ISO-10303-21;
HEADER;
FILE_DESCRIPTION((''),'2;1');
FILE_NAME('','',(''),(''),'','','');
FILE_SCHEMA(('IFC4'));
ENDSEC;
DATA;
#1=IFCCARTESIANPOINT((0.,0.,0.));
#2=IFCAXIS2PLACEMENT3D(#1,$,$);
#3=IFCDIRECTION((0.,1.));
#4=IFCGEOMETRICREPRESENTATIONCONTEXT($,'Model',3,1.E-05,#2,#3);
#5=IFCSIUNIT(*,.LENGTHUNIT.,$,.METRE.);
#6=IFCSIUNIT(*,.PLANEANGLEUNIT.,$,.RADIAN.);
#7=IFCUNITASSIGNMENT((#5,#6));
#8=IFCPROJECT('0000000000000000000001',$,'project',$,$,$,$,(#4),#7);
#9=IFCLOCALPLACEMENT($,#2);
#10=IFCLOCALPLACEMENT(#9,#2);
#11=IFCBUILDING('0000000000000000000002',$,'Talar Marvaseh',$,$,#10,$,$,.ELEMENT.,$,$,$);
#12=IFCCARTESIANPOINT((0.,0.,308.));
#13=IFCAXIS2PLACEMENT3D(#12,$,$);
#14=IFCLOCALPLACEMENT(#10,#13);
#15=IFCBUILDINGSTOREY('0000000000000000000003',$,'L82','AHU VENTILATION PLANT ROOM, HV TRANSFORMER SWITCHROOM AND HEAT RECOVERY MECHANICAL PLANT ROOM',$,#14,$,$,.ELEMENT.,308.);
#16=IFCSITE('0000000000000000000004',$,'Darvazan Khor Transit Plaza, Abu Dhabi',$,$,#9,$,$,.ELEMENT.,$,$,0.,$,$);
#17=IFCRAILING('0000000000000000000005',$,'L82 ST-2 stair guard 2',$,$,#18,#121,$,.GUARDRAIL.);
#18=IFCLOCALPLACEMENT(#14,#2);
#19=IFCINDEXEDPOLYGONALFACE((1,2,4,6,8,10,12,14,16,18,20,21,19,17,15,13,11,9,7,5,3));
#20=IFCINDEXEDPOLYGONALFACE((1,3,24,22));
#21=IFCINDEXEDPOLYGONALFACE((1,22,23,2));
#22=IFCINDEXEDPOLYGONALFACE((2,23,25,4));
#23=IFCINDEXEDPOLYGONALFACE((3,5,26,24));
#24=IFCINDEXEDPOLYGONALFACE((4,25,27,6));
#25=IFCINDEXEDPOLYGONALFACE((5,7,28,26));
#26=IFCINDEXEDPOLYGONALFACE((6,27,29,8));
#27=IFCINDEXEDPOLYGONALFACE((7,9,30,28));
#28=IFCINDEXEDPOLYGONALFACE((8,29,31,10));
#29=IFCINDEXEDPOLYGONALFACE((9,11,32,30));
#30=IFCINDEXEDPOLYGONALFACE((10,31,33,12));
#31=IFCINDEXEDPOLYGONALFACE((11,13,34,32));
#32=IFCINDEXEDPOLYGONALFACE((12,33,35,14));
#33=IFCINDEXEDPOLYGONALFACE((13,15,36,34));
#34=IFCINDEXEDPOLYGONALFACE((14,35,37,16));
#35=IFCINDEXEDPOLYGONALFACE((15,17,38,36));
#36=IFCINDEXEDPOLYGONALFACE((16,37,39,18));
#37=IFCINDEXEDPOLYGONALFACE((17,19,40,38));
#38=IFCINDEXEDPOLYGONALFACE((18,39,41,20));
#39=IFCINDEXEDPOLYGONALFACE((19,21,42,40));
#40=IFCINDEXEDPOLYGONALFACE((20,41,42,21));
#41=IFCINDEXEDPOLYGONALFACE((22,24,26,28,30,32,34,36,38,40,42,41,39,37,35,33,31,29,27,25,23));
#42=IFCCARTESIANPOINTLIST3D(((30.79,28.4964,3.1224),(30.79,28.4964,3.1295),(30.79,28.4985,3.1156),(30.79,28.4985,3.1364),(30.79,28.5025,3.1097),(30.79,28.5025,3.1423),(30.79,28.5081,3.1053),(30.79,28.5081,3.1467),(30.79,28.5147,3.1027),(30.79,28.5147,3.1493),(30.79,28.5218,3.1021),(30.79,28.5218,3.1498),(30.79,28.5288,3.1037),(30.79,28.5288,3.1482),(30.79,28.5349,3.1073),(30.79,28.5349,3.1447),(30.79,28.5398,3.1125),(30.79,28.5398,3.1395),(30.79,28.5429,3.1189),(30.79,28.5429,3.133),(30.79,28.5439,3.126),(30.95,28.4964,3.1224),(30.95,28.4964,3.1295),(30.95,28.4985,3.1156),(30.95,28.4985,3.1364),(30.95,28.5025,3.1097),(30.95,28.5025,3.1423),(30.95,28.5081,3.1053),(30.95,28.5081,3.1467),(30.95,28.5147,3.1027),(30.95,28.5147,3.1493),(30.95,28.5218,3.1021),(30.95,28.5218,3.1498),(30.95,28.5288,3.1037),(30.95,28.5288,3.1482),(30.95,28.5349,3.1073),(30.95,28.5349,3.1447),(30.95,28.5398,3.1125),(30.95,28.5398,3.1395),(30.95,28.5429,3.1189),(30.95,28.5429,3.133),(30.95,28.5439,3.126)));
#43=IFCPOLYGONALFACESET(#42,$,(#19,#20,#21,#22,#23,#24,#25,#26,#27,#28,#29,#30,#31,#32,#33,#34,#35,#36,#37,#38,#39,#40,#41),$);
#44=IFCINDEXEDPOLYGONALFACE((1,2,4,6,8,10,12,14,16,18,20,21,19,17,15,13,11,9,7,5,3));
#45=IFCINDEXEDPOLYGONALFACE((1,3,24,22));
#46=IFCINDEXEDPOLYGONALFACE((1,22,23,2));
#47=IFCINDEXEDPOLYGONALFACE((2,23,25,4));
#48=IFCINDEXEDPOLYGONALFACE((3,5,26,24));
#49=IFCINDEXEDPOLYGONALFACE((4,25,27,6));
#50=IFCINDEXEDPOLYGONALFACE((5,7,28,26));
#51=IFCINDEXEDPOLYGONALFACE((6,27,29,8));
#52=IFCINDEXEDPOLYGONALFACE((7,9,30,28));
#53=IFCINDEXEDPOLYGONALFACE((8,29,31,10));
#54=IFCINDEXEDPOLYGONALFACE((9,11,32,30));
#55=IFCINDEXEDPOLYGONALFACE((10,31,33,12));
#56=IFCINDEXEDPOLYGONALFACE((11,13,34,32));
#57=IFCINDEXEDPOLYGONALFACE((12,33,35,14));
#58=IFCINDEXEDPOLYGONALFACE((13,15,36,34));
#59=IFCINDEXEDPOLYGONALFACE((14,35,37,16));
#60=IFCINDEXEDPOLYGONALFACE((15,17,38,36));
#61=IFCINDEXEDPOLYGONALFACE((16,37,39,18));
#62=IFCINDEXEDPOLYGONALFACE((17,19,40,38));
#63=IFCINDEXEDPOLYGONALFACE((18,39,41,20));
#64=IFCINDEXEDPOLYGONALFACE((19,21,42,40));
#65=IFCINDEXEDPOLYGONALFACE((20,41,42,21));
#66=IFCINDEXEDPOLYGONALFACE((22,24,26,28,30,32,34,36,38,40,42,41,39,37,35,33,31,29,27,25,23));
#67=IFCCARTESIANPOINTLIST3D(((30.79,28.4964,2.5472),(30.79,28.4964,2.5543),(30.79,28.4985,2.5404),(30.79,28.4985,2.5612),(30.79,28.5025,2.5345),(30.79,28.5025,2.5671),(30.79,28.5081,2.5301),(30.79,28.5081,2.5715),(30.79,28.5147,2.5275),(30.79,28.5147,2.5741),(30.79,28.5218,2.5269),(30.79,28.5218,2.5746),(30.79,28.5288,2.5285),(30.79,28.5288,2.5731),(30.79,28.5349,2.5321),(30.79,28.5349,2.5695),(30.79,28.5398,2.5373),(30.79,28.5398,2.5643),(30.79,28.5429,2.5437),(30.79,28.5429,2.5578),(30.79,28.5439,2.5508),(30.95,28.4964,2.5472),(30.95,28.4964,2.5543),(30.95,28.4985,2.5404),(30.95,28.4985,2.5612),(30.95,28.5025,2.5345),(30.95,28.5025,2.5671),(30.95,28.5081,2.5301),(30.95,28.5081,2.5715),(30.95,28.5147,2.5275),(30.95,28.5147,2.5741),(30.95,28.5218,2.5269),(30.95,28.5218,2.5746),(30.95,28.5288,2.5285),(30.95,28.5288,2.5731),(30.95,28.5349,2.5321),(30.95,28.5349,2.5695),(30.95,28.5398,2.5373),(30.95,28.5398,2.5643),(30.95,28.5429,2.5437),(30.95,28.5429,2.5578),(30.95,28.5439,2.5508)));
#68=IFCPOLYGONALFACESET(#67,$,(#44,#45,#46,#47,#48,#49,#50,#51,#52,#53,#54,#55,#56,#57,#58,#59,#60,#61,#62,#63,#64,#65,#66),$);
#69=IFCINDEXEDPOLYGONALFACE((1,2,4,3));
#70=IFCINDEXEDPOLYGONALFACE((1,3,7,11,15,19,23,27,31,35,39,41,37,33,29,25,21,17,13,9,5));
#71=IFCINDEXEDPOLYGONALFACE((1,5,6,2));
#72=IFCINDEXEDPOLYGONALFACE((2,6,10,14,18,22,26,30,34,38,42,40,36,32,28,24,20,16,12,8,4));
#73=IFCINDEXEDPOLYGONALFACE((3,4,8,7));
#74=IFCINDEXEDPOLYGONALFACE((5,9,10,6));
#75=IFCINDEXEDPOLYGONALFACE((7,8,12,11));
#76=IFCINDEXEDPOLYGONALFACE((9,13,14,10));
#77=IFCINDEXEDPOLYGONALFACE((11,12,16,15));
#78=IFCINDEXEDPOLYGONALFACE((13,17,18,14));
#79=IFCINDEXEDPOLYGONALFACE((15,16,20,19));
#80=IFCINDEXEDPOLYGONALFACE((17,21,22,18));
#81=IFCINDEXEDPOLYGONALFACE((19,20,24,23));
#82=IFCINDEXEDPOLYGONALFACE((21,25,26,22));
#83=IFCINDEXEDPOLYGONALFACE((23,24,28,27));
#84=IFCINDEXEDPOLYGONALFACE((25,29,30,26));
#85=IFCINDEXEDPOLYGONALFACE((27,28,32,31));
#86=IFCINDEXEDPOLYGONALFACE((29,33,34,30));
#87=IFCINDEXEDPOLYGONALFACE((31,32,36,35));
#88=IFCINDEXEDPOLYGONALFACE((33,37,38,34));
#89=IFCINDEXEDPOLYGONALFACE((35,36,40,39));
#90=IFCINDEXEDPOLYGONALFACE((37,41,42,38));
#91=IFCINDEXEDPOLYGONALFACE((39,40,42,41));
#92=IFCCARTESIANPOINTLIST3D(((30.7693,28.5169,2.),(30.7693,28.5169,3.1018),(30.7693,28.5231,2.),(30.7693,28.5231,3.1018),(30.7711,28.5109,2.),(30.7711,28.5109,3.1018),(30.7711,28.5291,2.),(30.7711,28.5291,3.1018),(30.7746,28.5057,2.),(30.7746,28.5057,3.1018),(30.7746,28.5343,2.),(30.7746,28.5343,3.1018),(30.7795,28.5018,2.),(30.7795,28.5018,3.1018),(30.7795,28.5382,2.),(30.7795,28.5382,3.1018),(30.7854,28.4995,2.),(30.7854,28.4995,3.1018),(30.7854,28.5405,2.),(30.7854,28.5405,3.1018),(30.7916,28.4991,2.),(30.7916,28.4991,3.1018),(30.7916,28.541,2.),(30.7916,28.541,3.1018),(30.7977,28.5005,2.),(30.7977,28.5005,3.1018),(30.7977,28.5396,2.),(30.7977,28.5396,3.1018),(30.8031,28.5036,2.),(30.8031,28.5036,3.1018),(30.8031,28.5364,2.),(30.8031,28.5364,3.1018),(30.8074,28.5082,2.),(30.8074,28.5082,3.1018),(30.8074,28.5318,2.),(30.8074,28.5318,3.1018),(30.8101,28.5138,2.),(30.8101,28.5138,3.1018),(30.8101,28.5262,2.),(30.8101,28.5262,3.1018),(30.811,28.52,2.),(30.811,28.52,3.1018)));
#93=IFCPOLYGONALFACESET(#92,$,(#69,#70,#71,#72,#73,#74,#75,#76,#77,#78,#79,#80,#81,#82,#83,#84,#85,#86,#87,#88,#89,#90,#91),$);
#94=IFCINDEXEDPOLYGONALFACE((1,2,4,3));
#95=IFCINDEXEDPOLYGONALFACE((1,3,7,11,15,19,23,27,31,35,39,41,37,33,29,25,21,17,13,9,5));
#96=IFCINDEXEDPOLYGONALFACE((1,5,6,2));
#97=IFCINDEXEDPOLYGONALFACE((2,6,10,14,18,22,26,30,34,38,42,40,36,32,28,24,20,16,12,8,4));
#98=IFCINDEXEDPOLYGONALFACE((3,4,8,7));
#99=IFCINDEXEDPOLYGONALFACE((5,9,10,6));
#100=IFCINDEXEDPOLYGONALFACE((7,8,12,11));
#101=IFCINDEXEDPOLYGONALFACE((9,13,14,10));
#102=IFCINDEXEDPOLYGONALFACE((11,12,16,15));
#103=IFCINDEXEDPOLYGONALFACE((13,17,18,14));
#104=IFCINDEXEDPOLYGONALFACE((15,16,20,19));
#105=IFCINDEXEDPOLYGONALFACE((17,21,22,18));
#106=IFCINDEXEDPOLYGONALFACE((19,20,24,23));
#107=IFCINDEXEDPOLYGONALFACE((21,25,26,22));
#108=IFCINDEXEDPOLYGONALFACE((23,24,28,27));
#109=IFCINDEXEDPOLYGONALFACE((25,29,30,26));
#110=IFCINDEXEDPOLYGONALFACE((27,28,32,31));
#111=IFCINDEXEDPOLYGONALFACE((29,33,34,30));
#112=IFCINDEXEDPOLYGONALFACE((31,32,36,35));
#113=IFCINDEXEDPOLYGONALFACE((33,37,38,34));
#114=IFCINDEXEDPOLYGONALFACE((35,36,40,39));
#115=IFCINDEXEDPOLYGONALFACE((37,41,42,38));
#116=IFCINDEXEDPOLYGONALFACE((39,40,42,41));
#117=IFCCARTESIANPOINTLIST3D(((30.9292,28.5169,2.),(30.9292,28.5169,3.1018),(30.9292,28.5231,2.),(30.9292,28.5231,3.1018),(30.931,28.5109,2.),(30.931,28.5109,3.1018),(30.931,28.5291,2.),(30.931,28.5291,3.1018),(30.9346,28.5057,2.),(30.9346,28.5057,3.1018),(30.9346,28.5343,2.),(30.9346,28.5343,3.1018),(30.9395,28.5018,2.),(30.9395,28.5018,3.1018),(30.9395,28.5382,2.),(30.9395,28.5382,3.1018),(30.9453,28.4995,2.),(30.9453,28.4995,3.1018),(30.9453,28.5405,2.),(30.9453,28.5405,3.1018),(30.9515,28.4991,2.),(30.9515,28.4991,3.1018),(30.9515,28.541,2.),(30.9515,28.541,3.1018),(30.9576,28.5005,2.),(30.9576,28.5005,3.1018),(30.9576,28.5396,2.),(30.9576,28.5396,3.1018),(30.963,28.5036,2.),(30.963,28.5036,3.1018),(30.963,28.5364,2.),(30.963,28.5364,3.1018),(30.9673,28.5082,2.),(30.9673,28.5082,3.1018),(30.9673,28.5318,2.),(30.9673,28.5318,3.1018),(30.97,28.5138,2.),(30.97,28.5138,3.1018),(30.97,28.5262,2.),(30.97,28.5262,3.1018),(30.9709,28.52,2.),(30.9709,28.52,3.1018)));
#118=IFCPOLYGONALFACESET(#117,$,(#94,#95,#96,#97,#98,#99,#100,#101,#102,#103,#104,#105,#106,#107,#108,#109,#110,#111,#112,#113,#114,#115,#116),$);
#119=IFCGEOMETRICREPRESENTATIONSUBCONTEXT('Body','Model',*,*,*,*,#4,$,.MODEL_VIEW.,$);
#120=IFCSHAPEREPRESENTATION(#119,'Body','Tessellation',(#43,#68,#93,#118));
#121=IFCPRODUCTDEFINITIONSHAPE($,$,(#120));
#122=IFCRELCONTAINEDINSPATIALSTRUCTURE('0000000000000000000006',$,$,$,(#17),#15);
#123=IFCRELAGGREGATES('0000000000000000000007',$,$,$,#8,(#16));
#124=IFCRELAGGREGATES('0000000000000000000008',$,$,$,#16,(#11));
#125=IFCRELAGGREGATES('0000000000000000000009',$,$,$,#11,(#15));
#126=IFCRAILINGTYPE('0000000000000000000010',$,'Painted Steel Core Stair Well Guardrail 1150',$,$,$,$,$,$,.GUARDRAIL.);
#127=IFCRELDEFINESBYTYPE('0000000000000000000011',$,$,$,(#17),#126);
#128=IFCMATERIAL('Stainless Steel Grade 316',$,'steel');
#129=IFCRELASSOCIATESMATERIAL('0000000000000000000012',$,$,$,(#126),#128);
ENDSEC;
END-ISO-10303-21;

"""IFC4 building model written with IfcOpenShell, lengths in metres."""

from ifc_helpers import new_model, si_unit, direction, frame, origin, origin_2d, place, context, subcontext, project, spatial, circle, extrude, material, type_object, element, save


model = new_model("IFC4")

# Units and contexts
model_context = context("Model", 3, precision=1e-05, world=origin(), true_north=direction((0.0, 1.0)))
body_context = subcontext(model_context, "Body", "Model", "MODEL_VIEW")
ifc_project = project(units=[si_unit("LENGTHUNIT", "METRE"), si_unit("PLANEANGLEUNIT", "RADIAN")], contexts=[model_context])

# Site, building, storey
site_placement = place(None, origin())
site = spatial("IfcSite", under=ifc_project, at=site_placement, Name="Darvazan Khor Transit Plaza, Abu Dhabi", CompositionType="ELEMENT", RefElevation=0.0)
building_placement = place(site_placement, origin())
building = spatial("IfcBuilding", under=site, at=building_placement, Name="Talar Marvaseh", CompositionType="ELEMENT")
storey_placement = place(building_placement, frame((0.0, 0.0, 308.0)))
storey = spatial("IfcBuildingStorey", under=building, at=storey_placement, Name="L82", Description="AHU VENTILATION PLANT ROOM, HV TRANSFORMER SWITCHROOM AND HEAT RECOVERY MECHANICAL PLANT ROOM", CompositionType="ELEMENT", Elevation=308.0)

# Railing
ifc_material_1 = material(Name="Stainless Steel Grade 316", Category="steel")
railing_type_1 = type_object("IfcRailingType", Name="Painted Steel Core Stair Well Guardrail 1150", PredefinedType="GUARDRAIL", material=ifc_material_1)
railing_1_placement = place(storey_placement, frame((30.79, 28.52, 2.0)))
element("IfcRailing", 1, at=railing_1_placement, inside=storey, type_object=railing_type_1, Name="L82 ST-2 stair guard 2", PredefinedType="GUARDRAIL", context=body_context, shape_type="SweptSolid", body=[
    extrude(circle(Radius=0.0239, at=origin_2d()), frame((0.0, 0.0, 1.126), z_axis=(1.0, 0.0, 0.0), x_axis=(0.0, 1.0, 0.0)), (0.0, 0.0, 1.0), 0.1599),
    extrude(circle(Radius=0.0239, at=origin_2d()), frame((0.0, 0.0, 0.5508), z_axis=(1.0, 0.0, 0.0), x_axis=(0.0, 1.0, 0.0)), (0.0, 0.0, 1.0), 0.1599),
    extrude(circle(Radius=0.021, at=origin_2d()), origin(), (0.0, 0.0, 1.0), 1.1018),
    extrude(circle(Radius=0.021, at=origin_2d()), frame((0.1599, 0.0, 0.0)), (0.0, 0.0, 1.0), 1.1018),
])

save(model, "model.ifc")
